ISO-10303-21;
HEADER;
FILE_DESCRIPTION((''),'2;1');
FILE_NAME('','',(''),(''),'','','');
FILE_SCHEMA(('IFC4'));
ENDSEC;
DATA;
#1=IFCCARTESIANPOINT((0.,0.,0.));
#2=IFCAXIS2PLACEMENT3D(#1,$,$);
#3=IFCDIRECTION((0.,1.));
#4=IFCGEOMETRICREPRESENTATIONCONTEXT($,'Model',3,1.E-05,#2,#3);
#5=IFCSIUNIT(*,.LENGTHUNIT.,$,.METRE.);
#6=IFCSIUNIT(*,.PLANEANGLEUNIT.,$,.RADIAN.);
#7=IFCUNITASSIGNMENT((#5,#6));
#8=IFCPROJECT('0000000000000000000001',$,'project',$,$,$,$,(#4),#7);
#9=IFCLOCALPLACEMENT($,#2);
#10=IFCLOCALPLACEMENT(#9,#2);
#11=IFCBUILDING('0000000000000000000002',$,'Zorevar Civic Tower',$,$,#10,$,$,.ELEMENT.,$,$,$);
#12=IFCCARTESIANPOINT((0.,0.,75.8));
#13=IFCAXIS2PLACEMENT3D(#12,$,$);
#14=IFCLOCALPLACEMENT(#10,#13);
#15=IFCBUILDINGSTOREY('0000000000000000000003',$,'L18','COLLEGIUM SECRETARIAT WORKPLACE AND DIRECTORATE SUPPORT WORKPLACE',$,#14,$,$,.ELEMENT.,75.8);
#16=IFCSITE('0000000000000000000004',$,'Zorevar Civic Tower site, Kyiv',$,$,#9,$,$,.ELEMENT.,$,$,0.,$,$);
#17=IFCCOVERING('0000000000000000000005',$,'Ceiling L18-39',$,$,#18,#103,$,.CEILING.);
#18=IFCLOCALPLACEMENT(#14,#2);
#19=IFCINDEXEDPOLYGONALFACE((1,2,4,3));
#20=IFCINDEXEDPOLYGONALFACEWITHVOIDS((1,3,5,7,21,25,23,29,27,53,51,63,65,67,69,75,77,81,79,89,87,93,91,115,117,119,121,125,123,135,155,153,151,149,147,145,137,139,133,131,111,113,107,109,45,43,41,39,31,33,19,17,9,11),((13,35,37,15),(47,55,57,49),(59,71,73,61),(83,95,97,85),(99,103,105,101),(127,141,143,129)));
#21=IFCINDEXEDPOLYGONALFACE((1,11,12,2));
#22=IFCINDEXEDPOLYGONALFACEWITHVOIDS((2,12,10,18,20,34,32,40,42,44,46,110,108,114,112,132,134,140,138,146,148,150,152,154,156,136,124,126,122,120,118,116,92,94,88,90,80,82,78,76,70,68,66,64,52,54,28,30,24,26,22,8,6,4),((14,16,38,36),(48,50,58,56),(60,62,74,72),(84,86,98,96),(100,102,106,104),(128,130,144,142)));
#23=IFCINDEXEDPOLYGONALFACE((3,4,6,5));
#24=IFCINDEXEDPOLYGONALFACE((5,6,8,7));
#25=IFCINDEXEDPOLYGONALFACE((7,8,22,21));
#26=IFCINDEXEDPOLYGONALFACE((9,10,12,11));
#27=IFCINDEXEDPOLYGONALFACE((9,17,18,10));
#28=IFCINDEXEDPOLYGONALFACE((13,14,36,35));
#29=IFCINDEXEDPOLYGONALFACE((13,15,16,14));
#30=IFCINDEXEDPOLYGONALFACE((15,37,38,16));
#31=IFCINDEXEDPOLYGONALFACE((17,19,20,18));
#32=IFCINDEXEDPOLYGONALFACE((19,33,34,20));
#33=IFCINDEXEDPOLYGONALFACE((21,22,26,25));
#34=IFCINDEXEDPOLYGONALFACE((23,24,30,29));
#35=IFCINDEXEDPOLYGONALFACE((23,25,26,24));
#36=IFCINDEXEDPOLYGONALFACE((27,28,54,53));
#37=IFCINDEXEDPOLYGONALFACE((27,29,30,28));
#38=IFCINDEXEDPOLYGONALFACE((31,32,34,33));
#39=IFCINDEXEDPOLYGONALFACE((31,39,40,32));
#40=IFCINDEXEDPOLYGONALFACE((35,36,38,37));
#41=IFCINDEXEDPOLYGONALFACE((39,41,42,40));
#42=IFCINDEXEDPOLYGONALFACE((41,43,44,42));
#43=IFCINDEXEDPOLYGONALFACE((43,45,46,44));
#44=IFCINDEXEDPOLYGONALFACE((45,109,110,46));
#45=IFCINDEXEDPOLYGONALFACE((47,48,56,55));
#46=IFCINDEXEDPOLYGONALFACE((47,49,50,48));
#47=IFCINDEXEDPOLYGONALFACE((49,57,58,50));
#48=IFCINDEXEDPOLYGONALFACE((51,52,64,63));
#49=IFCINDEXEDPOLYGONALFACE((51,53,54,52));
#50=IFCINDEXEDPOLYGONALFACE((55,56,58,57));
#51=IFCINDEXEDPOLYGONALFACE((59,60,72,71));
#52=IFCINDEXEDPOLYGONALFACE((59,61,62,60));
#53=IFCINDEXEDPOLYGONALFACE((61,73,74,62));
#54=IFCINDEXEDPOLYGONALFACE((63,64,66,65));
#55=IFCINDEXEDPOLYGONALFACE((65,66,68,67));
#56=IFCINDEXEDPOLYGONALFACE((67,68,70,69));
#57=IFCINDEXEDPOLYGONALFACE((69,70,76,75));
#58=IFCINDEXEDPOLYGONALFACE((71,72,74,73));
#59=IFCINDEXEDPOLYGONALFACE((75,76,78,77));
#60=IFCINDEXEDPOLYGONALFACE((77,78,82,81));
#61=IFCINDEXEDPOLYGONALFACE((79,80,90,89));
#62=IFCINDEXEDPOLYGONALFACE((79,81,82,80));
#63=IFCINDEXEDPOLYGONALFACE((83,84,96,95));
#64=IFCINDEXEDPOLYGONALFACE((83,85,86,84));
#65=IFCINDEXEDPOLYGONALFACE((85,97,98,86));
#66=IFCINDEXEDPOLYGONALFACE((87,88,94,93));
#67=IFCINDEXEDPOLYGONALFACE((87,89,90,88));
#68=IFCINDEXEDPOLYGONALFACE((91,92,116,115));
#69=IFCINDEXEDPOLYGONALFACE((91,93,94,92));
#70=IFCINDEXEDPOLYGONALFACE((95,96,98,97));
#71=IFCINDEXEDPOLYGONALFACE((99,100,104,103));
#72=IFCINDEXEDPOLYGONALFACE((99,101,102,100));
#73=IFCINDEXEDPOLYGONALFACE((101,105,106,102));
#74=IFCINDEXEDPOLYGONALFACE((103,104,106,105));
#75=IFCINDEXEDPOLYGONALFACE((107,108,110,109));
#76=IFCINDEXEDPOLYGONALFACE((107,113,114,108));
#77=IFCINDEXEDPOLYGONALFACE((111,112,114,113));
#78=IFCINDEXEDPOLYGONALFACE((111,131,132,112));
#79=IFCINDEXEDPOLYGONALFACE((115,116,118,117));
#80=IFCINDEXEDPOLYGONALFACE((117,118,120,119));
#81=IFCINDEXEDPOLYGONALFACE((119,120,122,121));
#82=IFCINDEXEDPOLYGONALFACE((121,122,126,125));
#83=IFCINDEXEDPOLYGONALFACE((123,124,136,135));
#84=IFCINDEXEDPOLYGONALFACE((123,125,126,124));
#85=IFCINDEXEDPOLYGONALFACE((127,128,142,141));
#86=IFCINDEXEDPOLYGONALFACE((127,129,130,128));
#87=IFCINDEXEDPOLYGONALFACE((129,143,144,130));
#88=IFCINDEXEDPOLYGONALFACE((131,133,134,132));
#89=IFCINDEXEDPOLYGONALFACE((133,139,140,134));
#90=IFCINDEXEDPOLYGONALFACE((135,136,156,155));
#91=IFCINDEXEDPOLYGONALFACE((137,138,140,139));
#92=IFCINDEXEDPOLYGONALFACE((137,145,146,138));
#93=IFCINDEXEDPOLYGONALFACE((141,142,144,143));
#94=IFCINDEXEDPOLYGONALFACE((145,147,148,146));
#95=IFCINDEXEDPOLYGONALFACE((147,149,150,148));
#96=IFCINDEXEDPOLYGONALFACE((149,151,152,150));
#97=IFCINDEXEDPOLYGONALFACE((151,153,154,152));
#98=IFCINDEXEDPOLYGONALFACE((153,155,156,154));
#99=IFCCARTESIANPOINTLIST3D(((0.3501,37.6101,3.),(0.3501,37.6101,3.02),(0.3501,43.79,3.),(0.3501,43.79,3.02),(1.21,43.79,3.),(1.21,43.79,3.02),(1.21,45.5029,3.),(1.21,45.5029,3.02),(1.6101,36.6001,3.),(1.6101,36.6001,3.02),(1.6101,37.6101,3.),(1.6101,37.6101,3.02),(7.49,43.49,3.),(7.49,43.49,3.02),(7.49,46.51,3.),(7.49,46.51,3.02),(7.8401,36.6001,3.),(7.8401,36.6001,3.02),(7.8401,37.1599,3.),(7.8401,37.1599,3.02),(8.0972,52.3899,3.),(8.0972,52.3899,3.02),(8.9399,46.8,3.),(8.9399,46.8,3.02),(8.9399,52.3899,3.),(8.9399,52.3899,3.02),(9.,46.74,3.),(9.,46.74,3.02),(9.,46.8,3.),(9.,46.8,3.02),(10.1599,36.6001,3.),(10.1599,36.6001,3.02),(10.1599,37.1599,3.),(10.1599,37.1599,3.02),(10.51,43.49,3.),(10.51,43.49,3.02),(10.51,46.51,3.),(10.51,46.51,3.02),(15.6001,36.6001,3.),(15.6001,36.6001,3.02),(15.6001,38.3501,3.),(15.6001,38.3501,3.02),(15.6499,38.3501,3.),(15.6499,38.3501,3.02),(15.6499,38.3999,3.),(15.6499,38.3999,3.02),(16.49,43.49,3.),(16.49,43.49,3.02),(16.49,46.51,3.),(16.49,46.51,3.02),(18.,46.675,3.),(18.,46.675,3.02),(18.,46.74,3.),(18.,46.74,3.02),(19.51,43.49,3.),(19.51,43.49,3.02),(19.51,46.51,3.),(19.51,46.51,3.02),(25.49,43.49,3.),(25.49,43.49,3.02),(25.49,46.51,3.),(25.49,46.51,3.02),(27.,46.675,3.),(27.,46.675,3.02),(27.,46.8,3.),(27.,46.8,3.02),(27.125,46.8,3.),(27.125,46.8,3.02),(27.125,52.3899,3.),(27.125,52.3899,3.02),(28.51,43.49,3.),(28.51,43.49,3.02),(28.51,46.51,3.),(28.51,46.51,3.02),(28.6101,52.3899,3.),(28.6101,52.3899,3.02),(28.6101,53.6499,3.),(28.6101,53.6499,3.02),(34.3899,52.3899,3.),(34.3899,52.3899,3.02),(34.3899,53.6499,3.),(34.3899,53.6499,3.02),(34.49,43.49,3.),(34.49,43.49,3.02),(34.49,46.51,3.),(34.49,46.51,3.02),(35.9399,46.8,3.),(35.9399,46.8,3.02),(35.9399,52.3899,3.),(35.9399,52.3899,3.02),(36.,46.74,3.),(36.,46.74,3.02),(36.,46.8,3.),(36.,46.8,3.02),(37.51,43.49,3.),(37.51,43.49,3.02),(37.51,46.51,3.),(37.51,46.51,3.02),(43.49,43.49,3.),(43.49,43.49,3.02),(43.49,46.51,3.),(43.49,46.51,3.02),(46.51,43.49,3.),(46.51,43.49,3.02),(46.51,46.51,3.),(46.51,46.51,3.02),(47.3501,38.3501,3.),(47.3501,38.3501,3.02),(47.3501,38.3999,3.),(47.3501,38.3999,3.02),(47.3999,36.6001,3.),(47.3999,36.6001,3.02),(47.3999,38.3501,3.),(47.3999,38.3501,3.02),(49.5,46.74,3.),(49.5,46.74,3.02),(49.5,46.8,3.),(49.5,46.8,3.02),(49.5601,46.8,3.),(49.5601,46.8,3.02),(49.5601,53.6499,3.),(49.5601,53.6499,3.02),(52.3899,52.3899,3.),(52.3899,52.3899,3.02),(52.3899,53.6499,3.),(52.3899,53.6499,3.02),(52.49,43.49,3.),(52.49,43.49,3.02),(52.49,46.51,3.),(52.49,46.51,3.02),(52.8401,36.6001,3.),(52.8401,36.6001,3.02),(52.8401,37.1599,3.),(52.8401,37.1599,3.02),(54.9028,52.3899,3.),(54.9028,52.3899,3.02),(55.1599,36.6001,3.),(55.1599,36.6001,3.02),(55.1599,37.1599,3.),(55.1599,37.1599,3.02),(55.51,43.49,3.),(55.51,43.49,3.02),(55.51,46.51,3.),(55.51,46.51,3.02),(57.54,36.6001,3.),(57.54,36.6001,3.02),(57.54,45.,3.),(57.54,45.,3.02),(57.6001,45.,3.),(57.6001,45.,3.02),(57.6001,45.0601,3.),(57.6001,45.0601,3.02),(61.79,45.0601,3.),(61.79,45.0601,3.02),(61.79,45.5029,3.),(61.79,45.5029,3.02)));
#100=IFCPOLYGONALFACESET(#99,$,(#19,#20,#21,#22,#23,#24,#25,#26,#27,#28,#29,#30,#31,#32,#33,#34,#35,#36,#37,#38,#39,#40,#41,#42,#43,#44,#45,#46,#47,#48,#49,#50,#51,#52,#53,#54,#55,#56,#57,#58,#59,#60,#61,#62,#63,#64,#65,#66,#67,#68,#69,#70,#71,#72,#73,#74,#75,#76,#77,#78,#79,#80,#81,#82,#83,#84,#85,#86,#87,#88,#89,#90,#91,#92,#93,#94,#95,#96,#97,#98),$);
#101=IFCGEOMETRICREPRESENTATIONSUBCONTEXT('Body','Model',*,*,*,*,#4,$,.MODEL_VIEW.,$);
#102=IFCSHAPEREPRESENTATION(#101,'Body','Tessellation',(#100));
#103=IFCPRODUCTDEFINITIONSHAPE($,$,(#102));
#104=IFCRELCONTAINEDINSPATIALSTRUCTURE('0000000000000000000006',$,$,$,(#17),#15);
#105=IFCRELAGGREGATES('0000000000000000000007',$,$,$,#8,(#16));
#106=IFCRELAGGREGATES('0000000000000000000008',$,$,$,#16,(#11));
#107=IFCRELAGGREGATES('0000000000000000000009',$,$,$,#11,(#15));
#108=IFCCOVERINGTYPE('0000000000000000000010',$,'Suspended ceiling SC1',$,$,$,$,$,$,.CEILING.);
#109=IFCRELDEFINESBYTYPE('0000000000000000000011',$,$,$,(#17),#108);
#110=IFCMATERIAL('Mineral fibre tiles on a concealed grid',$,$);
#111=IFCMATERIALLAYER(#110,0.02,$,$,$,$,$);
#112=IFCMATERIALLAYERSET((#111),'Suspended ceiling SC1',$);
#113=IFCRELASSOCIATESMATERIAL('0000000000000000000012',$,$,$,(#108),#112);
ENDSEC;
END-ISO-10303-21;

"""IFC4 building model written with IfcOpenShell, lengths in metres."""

from ifc_helpers import new_model, si_unit, direction, frame, origin, place, context, subcontext, project, spatial, polyline, outline, extrude, material, layer, layer_set, type_object, element, save


model = new_model("IFC4")

# Units and contexts
model_context = context("Model", 3, precision=1e-05, world=origin(), true_north=direction((0.0, 1.0)))
body_context = subcontext(model_context, "Body", "Model", "MODEL_VIEW")
ifc_project = project(units=[si_unit("LENGTHUNIT", "METRE"), si_unit("PLANEANGLEUNIT", "RADIAN")], contexts=[model_context])

# Site, building, storey
site_placement = place(None, origin())
site = spatial("IfcSite", under=ifc_project, at=site_placement, Name="Zorevar Civic Tower site, Kyiv", CompositionType="ELEMENT", RefElevation=0.0)
building_placement = place(site_placement, origin())
building = spatial("IfcBuilding", under=site, at=building_placement, Name="Zorevar Civic Tower", CompositionType="ELEMENT")
storey_placement = place(building_placement, frame((0.0, 0.0, 75.8)))
storey = spatial("IfcBuildingStorey", under=building, at=storey_placement, Name="L18", Description="COLLEGIUM SECRETARIAT WORKPLACE AND DIRECTORATE SUPPORT WORKPLACE", CompositionType="ELEMENT", Elevation=75.8)

# Covering
ifc_material_1 = material(Name="Mineral fibre tiles on a concealed grid")
ifc_layer_1 = layer(ifc_material_1, 0.02)
ifc_layer_set_1 = layer_set([ifc_layer_1], Name="Suspended ceiling SC1")
covering_type = type_object("IfcCoveringType", Name="Suspended ceiling SC1", PredefinedType="CEILING", material=ifc_layer_set_1)
covering_1_placement = place(storey_placement, frame((0.0, 0.0, 3.0)))
element("IfcCovering", 1, at=covering_1_placement, inside=storey, type_object=covering_type, Name="Ceiling L18-39", PredefinedType="CEILING", context=body_context, shape_type="SweptSolid", body=[
    extrude(outline(polyline([(52.3899, 53.6499), (52.3899, 52.3899), (54.9028, 52.3899), (61.79, 45.5029), (61.79, 45.0601), (57.6001, 45.0601), (57.6001, 45.0), (57.54, 45.0), (57.54, 36.6001), (55.1599, 36.6001), (55.1599, 37.1599), (52.8401, 37.1599), (52.8401, 36.6001), (47.3999, 36.6001), (47.3999, 38.3501), (47.3501, 38.3501), (47.3501, 38.3999), (15.6499, 38.3999), (15.6499, 38.3501), (15.6001, 38.3501), (15.6001, 36.6001), (10.1599, 36.6001), (10.1599, 37.1599), (7.8401, 37.1599), (7.8401, 36.6001), (1.6101, 36.6001), (1.6101, 37.6101), (0.3501, 37.6101), (0.3501, 43.79), (1.21, 43.79), (1.21, 45.5029), (8.0972, 52.3899), (8.9399, 52.3899), (8.9399, 46.8), (9.0, 46.8), (9.0, 46.74), (18.0, 46.74), (18.0, 46.675), (27.0, 46.675), (27.0, 46.8), (27.125, 46.8), (27.125, 52.3899), (28.6101, 52.3899), (28.6101, 53.6499), (34.3899, 53.6499), (34.3899, 52.3899), (35.9399, 52.3899), (35.9399, 46.8), (36.0, 46.8), (36.0, 46.74), (49.5, 46.74), (49.5, 46.8), (49.5601, 46.8), (49.5601, 53.6499), (52.3899, 53.6499)]), holes=[polyline([(7.49, 46.51), (7.49, 43.49), (10.51, 43.49), (10.51, 46.51), (7.49, 46.51)]), polyline([(19.51, 43.49), (19.51, 46.51), (16.49, 46.51), (16.49, 43.49), (19.51, 43.49)]), polyline([(25.49, 43.49), (28.51, 43.49), (28.51, 46.51), (25.49, 46.51), (25.49, 43.49)]), polyline([(37.51, 46.51), (34.49, 46.51), (34.49, 43.49), (37.51, 43.49), (37.51, 46.51)]), polyline([(43.49, 43.49), (46.51, 43.49), (46.51, 46.51), (43.49, 46.51), (43.49, 43.49)]), polyline([(55.51, 46.51), (52.49, 46.51), (52.49, 43.49), (55.51, 43.49), (55.51, 46.51)])]), origin(), (0.0, 0.0, 1.0), 0.02),
])

save(model, "model.ifc")
